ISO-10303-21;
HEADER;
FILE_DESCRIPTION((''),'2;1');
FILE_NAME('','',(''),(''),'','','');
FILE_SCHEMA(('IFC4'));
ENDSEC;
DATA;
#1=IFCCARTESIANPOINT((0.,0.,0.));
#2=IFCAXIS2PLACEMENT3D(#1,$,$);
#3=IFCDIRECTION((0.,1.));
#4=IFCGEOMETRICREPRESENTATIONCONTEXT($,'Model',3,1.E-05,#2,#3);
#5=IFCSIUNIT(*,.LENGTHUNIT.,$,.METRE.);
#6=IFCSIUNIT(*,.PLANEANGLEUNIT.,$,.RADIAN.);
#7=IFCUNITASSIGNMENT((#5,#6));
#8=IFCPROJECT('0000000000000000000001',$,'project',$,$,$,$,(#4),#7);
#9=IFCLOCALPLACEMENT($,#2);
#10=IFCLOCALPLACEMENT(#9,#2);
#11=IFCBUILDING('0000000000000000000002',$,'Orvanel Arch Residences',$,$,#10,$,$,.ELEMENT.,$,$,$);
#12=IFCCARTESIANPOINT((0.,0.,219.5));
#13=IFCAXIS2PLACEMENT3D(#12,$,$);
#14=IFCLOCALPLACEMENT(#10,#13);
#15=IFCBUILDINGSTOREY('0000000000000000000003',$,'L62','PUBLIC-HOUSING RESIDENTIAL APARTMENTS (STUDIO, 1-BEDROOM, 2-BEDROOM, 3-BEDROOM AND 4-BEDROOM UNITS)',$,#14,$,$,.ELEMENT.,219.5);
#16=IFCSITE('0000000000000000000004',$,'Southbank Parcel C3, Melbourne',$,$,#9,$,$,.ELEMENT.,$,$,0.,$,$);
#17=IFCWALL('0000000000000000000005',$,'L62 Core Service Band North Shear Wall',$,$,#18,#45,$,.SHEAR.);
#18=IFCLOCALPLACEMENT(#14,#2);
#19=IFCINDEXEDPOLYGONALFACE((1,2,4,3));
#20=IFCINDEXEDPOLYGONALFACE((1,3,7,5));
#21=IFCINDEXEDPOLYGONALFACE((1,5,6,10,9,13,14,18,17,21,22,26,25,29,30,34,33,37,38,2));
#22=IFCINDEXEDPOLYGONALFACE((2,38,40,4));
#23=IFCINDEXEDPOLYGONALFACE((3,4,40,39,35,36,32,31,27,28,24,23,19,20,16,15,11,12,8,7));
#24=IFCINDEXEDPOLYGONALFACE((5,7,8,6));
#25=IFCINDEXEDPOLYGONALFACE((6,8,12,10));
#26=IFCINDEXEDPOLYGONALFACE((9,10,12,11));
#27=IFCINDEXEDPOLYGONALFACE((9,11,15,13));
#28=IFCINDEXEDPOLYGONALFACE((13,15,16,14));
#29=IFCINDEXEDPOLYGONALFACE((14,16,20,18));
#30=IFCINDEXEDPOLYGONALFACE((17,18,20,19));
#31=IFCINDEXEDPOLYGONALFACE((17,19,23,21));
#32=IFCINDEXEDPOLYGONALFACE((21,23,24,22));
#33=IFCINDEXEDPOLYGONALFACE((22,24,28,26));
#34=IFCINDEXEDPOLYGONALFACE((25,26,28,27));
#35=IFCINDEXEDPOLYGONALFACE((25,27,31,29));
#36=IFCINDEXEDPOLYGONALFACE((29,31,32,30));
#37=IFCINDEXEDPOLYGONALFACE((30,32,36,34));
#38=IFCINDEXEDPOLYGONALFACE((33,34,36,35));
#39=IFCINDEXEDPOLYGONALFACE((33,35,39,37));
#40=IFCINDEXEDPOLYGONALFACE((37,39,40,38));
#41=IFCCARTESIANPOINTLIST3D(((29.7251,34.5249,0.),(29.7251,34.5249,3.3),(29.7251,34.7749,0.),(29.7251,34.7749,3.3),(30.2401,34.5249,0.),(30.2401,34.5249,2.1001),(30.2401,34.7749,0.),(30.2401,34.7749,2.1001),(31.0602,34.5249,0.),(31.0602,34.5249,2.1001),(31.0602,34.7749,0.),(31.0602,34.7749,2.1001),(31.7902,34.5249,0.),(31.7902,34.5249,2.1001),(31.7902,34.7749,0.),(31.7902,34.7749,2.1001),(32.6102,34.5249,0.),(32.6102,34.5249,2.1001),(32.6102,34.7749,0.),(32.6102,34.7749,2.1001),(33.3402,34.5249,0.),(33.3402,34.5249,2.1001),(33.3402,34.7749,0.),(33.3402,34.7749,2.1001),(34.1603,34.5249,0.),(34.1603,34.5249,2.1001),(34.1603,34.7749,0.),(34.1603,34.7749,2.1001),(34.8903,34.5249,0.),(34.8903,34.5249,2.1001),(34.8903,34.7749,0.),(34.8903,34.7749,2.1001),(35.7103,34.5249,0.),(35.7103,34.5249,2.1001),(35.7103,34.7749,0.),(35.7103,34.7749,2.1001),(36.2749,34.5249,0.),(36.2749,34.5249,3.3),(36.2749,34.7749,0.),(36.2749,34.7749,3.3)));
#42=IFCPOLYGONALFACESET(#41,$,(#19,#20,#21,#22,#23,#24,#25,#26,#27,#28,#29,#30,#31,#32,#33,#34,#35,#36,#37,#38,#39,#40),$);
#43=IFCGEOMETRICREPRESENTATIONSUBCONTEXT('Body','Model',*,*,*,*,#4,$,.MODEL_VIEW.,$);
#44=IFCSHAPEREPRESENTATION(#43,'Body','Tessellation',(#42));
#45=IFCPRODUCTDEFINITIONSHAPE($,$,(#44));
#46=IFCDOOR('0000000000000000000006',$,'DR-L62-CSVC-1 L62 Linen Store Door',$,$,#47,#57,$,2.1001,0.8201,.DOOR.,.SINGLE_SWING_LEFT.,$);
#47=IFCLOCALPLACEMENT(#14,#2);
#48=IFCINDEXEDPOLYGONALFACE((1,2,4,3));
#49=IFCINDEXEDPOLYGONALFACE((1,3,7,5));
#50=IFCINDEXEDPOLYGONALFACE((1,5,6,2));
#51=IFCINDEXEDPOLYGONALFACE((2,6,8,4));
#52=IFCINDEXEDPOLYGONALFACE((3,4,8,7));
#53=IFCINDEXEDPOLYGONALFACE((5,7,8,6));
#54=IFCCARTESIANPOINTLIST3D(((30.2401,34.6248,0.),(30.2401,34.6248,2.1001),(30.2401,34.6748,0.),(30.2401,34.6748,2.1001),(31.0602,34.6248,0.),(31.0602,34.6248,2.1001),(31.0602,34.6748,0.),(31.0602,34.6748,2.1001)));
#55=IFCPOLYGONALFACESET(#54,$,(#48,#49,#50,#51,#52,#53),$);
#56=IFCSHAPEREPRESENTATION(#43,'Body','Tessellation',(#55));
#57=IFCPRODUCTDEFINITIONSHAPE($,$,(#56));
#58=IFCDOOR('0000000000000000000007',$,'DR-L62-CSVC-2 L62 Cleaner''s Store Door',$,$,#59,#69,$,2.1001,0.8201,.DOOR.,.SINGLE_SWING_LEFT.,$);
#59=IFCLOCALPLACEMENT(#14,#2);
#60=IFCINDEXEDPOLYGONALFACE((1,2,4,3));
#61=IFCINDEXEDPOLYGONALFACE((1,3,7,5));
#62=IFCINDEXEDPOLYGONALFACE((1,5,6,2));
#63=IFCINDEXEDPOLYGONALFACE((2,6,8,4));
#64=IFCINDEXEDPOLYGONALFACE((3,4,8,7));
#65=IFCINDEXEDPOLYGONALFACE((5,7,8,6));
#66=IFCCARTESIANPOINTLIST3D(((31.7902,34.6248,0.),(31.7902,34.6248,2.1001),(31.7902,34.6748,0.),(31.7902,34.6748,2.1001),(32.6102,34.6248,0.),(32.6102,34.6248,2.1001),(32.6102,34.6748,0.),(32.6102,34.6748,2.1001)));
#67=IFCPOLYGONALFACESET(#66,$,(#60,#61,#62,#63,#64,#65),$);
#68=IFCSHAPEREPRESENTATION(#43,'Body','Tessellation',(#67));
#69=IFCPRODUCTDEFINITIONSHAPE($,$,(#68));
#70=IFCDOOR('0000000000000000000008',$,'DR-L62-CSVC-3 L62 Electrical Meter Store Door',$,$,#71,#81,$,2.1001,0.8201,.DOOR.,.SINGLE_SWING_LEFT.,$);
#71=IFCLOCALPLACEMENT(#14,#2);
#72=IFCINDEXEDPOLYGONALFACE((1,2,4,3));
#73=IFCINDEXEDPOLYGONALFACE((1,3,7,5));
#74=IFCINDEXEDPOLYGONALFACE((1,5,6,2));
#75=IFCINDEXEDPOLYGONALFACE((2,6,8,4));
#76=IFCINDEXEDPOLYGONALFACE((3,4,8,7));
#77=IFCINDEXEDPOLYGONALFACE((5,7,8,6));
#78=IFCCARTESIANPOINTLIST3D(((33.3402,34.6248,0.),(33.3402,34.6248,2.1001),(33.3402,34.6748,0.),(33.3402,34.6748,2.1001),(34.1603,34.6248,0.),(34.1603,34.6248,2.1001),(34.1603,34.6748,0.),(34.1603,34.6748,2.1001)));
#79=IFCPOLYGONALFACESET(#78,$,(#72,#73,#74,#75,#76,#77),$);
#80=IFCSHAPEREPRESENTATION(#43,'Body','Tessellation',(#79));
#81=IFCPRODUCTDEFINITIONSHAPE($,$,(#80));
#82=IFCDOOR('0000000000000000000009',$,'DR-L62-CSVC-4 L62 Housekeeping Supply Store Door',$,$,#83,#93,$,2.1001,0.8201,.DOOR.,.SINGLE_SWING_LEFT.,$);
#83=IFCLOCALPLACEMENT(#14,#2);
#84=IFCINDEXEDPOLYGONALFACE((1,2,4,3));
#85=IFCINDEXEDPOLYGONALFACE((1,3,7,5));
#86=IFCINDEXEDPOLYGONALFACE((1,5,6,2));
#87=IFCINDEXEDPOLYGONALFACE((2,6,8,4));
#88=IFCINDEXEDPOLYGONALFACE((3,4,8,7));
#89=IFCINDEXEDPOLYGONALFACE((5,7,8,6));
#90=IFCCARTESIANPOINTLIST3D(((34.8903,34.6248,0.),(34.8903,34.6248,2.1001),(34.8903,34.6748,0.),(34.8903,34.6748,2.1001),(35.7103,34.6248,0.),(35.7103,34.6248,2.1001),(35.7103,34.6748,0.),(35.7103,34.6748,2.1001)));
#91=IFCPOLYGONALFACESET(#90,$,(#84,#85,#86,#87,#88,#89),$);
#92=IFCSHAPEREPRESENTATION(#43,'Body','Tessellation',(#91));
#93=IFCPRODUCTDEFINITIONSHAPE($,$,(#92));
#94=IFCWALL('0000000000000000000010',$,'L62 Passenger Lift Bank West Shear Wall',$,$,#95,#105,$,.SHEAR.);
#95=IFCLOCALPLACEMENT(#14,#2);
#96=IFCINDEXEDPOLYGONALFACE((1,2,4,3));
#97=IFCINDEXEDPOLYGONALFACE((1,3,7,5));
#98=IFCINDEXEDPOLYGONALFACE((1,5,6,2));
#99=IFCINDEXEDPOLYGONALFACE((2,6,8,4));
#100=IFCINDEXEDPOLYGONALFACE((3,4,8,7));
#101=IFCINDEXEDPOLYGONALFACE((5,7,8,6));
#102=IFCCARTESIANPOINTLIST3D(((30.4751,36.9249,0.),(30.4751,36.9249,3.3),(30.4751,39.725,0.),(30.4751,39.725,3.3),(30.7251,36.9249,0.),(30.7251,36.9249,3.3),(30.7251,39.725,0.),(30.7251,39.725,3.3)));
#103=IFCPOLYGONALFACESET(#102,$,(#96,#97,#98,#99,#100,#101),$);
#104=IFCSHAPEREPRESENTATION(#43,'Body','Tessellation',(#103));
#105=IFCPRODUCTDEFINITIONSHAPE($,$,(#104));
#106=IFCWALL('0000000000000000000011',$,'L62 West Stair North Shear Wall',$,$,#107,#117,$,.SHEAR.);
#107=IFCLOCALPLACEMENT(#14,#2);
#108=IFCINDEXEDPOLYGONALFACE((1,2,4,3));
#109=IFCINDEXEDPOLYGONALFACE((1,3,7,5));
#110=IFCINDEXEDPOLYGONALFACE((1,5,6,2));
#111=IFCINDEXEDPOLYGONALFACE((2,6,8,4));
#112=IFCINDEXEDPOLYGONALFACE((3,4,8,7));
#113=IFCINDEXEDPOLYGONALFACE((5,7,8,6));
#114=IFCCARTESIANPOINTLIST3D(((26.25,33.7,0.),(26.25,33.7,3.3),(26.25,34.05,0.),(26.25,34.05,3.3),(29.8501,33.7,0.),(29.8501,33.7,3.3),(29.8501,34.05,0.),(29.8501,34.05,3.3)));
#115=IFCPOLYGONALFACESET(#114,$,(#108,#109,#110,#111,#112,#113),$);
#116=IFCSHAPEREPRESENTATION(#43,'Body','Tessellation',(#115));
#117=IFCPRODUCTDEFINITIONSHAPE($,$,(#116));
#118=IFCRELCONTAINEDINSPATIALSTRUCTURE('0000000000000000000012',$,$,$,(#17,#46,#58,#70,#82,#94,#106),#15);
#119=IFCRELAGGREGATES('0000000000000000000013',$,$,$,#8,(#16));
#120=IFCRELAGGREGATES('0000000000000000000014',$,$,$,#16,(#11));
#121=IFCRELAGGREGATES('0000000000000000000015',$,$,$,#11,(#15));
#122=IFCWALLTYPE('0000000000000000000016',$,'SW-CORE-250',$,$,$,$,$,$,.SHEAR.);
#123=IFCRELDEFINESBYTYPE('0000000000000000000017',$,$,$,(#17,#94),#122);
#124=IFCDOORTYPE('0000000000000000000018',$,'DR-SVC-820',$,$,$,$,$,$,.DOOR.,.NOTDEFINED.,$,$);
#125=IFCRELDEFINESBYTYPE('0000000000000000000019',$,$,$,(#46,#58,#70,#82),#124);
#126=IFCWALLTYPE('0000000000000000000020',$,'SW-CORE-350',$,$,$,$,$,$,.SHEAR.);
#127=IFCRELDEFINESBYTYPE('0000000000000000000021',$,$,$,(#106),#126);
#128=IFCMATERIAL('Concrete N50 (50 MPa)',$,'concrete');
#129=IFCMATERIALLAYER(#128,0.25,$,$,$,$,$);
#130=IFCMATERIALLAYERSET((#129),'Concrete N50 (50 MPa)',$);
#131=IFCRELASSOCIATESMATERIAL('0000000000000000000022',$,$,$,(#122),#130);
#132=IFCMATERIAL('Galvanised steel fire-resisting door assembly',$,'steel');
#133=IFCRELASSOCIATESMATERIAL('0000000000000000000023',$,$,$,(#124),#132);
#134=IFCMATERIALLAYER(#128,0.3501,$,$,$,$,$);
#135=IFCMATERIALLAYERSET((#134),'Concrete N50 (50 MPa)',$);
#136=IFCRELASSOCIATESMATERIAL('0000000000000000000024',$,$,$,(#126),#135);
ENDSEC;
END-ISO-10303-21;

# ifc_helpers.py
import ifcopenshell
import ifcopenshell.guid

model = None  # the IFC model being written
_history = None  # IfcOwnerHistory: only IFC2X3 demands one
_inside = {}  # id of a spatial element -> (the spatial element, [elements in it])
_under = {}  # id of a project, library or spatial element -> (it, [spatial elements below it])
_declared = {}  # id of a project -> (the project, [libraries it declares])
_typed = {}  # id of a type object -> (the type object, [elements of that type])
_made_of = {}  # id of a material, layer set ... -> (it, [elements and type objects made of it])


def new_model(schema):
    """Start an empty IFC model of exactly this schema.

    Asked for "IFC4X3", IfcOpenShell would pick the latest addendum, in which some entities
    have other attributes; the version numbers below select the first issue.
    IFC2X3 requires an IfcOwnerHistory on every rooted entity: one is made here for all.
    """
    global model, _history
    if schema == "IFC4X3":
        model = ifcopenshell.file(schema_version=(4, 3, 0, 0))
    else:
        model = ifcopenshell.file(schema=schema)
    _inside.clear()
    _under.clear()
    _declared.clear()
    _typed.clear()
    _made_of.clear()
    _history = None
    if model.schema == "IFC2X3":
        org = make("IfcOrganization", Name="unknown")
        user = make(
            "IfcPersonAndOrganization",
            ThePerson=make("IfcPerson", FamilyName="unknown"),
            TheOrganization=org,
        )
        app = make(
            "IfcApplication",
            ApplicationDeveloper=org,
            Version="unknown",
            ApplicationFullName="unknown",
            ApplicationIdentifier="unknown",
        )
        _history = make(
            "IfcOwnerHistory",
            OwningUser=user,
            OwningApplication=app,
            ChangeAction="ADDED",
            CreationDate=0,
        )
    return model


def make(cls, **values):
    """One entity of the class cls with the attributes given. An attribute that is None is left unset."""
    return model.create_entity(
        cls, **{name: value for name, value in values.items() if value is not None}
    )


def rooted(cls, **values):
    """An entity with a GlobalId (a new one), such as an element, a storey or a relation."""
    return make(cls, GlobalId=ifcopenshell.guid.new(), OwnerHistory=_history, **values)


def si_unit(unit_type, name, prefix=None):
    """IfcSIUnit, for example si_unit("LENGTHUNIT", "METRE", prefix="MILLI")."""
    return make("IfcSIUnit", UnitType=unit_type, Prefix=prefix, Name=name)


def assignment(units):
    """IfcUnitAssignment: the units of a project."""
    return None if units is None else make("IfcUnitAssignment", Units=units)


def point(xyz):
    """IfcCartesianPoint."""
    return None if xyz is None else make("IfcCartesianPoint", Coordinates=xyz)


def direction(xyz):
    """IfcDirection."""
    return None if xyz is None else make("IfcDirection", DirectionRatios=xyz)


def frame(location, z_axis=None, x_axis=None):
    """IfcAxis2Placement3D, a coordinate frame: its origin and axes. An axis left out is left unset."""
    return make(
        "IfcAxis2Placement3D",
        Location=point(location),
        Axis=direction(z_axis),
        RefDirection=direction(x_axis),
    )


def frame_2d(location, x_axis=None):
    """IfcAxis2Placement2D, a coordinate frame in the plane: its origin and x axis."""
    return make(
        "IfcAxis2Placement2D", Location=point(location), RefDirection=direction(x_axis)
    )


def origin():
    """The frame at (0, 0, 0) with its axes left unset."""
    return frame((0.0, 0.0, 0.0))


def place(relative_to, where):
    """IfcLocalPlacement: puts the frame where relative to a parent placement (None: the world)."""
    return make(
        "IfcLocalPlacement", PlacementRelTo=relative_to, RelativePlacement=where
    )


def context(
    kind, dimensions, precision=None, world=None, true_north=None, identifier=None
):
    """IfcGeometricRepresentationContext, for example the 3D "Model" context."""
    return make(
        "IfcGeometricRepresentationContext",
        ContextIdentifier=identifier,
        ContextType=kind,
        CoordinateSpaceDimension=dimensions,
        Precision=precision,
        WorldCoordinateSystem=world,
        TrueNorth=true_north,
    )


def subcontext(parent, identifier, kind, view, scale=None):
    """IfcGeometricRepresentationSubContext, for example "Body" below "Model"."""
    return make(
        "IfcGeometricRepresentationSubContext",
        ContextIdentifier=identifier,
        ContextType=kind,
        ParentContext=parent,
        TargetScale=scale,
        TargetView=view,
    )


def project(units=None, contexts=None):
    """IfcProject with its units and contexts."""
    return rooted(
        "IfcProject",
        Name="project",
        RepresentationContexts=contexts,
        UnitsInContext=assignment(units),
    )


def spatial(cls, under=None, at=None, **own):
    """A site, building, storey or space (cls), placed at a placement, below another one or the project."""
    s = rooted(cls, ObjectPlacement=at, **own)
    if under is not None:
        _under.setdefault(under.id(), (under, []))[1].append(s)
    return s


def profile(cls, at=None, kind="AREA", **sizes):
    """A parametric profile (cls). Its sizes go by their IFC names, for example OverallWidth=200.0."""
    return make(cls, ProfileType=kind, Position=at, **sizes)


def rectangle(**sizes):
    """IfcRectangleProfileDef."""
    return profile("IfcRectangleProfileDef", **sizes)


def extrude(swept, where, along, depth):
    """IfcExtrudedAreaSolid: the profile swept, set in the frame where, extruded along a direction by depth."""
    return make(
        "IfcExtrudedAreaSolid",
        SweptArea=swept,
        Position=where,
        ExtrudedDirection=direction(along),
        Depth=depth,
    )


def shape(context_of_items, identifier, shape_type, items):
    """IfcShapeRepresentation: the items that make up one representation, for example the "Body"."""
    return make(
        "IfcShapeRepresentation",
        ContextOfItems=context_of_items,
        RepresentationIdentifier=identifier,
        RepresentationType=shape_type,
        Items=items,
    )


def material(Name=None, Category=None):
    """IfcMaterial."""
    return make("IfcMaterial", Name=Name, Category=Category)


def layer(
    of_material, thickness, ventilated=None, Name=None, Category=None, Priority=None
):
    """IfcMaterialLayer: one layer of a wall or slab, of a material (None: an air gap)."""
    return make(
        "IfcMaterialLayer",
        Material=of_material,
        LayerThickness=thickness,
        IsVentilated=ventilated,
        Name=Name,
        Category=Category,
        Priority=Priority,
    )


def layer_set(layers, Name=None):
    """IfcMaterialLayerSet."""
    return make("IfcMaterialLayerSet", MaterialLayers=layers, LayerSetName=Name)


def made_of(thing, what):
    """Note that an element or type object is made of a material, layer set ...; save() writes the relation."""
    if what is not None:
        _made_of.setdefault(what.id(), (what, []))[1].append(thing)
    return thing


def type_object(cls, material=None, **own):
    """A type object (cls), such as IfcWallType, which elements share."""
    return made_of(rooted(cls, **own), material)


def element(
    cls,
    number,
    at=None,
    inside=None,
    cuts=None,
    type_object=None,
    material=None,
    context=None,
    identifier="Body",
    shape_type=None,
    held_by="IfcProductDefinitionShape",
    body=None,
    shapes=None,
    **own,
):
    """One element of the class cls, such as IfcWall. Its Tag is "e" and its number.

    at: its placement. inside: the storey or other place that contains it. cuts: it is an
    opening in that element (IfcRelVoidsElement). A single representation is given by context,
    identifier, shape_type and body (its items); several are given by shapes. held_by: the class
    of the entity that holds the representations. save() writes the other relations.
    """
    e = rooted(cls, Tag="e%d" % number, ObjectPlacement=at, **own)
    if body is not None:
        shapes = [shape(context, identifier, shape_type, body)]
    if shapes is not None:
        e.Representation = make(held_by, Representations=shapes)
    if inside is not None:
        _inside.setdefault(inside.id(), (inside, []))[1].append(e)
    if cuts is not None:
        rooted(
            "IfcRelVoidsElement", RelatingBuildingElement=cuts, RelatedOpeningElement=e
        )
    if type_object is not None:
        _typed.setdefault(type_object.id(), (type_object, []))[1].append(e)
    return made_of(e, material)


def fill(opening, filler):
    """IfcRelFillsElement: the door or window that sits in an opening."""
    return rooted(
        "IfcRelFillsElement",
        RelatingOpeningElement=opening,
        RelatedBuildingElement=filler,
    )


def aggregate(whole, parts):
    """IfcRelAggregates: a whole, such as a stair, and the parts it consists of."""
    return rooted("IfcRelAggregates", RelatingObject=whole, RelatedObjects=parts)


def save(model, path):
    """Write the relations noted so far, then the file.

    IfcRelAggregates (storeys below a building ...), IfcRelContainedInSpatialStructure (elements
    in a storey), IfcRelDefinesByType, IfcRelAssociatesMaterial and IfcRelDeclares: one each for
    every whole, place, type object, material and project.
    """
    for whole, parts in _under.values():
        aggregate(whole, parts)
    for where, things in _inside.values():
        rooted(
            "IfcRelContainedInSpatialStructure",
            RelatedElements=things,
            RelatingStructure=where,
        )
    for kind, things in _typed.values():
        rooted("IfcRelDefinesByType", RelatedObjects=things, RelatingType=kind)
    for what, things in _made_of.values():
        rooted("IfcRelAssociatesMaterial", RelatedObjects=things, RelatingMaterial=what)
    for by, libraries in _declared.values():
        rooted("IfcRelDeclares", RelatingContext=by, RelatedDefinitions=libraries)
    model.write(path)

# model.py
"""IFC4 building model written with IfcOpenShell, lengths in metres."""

from ifc_helpers import new_model, si_unit, direction, frame, frame_2d, origin, place, context, subcontext, project, spatial, rectangle, extrude, material, layer, layer_set, type_object, element, fill, save


model = new_model("IFC4")

# Units and contexts
model_context = context("Model", 3, precision=1e-05, world=origin(), true_north=direction((0.0, 1.0)))
body_context = subcontext(model_context, "Body", "Model", "MODEL_VIEW")
ifc_project = project(units=[si_unit("LENGTHUNIT", "METRE"), si_unit("PLANEANGLEUNIT", "RADIAN")], contexts=[model_context])

# Site, building, storey
site_placement = place(None, origin())
site = spatial("IfcSite", under=ifc_project, at=site_placement, Name="Southbank Parcel C3, Melbourne", CompositionType="ELEMENT", RefElevation=0.0)
building_placement = place(site_placement, origin())
building = spatial("IfcBuilding", under=site, at=building_placement, Name="Orvanel Arch Residences", CompositionType="ELEMENT")
storey_placement = place(building_placement, frame((0.0, 0.0, 219.5)))
storey = spatial("IfcBuildingStorey", under=building, at=storey_placement, Name="L62", Description="PUBLIC-HOUSING RESIDENTIAL APARTMENTS (STUDIO, 1-BEDROOM, 2-BEDROOM, 3-BEDROOM AND 4-BEDROOM UNITS)", CompositionType="ELEMENT", Elevation=219.5)

# Wall, openings, doors
ifc_material_1 = material(Name="Concrete N50 (50 MPa)", Category="concrete")
ifc_layer_1 = layer(ifc_material_1, 0.25)
ifc_layer_set_1 = layer_set([ifc_layer_1], Name="Concrete N50 (50 MPa)")
wall_type_1 = type_object("IfcWallType", Name="SW-CORE-250", PredefinedType="SHEAR", material=ifc_layer_set_1)
wall_1_placement = place(storey_placement, frame((29.7251, 34.6499, 0.0), z_axis=(0.0, 0.0, 1.0), x_axis=(1.0, 0.0, 0.0)))
wall_1 = element("IfcWall", 1, at=wall_1_placement, inside=storey, type_object=wall_type_1, Name="L62 Core Service Band North Shear Wall", PredefinedType="SHEAR", context=body_context, shape_type="SweptSolid", body=[
    extrude(rectangle(XDim=6.5498, YDim=0.25, at=frame_2d((3.2749, 0.0))), origin(), (0.0, 0.0, 1.0), 3.3),
])
opening_1_placement = place(wall_1_placement, frame((0.5149, 0.0, 0.0)))
opening_1 = element("IfcOpeningElement", 2, at=opening_1_placement, cuts=wall_1, PredefinedType="OPENING", context=body_context, shape_type="SweptSolid", body=[
    extrude(rectangle(XDim=0.8201, YDim=2.1001, at=frame_2d((0.4102, 1.05))), frame((0.0, 0.135, 0.0), z_axis=(0.0, -1.0, 0.0), x_axis=(1.0, 0.0, 0.0)), (0.0, 0.0, 1.0), 0.27),
])
opening_2_placement = place(wall_1_placement, frame((2.0649, 0.0, 0.0)))
opening_2 = element("IfcOpeningElement", 3, at=opening_2_placement, cuts=wall_1, PredefinedType="OPENING", context=body_context, shape_type="SweptSolid", body=[
    extrude(rectangle(XDim=0.8201, YDim=2.1001, at=frame_2d((0.4102, 1.05))), frame((0.0, 0.135, 0.0), z_axis=(0.0, -1.0, 0.0), x_axis=(1.0, 0.0, 0.0)), (0.0, 0.0, 1.0), 0.27),
])
opening_3_placement = place(wall_1_placement, frame((3.615, 0.0, 0.0)))
opening_3 = element("IfcOpeningElement", 4, at=opening_3_placement, cuts=wall_1, PredefinedType="OPENING", context=body_context, shape_type="SweptSolid", body=[
    extrude(rectangle(XDim=0.8201, YDim=2.1001, at=frame_2d((0.4102, 1.05))), frame((0.0, 0.135, 0.0), z_axis=(0.0, -1.0, 0.0), x_axis=(1.0, 0.0, 0.0)), (0.0, 0.0, 1.0), 0.27),
])
opening_4_placement = place(wall_1_placement, frame((5.165, 0.0, 0.0)))
opening_4 = element("IfcOpeningElement", 5, at=opening_4_placement, cuts=wall_1, PredefinedType="OPENING", context=body_context, shape_type="SweptSolid", body=[
    extrude(rectangle(XDim=0.8201, YDim=2.1001, at=frame_2d((0.4102, 1.05))), frame((0.0, 0.135, 0.0), z_axis=(0.0, -1.0, 0.0), x_axis=(1.0, 0.0, 0.0)), (0.0, 0.0, 1.0), 0.27),
])
ifc_material_2 = material(Name="Galvanised steel fire-resisting door assembly", Category="steel")
door_type_1 = type_object("IfcDoorType", Name="DR-SVC-820", OperationType="NOTDEFINED", PredefinedType="DOOR", material=ifc_material_2)
door_1_placement = place(opening_1_placement, origin())
door_1 = element("IfcDoor", 6, at=door_1_placement, inside=storey, type_object=door_type_1, Name="DR-L62-CSVC-1 L62 Linen Store Door", OperationType="SINGLE_SWING_LEFT", OverallHeight=2.1001, OverallWidth=0.8201, PredefinedType="DOOR", context=body_context, shape_type="SweptSolid", body=[
    extrude(rectangle(XDim=0.8201, YDim=2.1001, at=frame_2d((0.4102, 1.05))), frame((0.0, 0.0249, 0.0), z_axis=(0.0, -1.0, 0.0), x_axis=(1.0, 0.0, 0.0)), (0.0, 0.0, 1.0), 0.05),
])
fill(opening_1, door_1)
door_2_placement = place(opening_2_placement, origin())
door_2 = element("IfcDoor", 7, at=door_2_placement, inside=storey, type_object=door_type_1, Name="DR-L62-CSVC-2 L62 Cleaner's Store Door", OperationType="SINGLE_SWING_LEFT", OverallHeight=2.1001, OverallWidth=0.8201, PredefinedType="DOOR", context=body_context, shape_type="SweptSolid", body=[
    extrude(rectangle(XDim=0.8201, YDim=2.1001, at=frame_2d((0.4102, 1.05))), frame((0.0, 0.0249, 0.0), z_axis=(0.0, -1.0, 0.0), x_axis=(1.0, 0.0, 0.0)), (0.0, 0.0, 1.0), 0.05),
])
fill(opening_2, door_2)
door_3_placement = place(opening_3_placement, origin())
door_3 = element("IfcDoor", 8, at=door_3_placement, inside=storey, type_object=door_type_1, Name="DR-L62-CSVC-3 L62 Electrical Meter Store Door", OperationType="SINGLE_SWING_LEFT", OverallHeight=2.1001, OverallWidth=0.8201, PredefinedType="DOOR", context=body_context, shape_type="SweptSolid", body=[
    extrude(rectangle(XDim=0.8201, YDim=2.1001, at=frame_2d((0.4102, 1.05))), frame((0.0, 0.0249, 0.0), z_axis=(0.0, -1.0, 0.0), x_axis=(1.0, 0.0, 0.0)), (0.0, 0.0, 1.0), 0.05),
])
fill(opening_3, door_3)
door_4_placement = place(opening_4_placement, origin())
door_4 = element("IfcDoor", 9, at=door_4_placement, inside=storey, type_object=door_type_1, Name="DR-L62-CSVC-4 L62 Housekeeping Supply Store Door", OperationType="SINGLE_SWING_LEFT", OverallHeight=2.1001, OverallWidth=0.8201, PredefinedType="DOOR", context=body_context, shape_type="SweptSolid", body=[
    extrude(rectangle(XDim=0.8201, YDim=2.1001, at=frame_2d((0.4102, 1.05))), frame((0.0, 0.0249, 0.0), z_axis=(0.0, -1.0, 0.0), x_axis=(1.0, 0.0, 0.0)), (0.0, 0.0, 1.0), 0.05),
])
fill(opening_4, door_4)

# Walls
wall_2_placement = place(storey_placement, frame((30.6001, 36.925, 0.0), z_axis=(0.0, 0.0, 1.0), x_axis=(0.0, 1.0, 0.0)))
element("IfcWall", 10, at=wall_2_placement, inside=storey, type_object=wall_type_1, Name="L62 Passenger Lift Bank West Shear Wall", PredefinedType="SHEAR", context=body_context, shape_type="SweptSolid", body=[
    extrude(rectangle(XDim=2.8, YDim=0.25, at=frame_2d((1.3999, 0.0))), origin(), (0.0, 0.0, 1.0), 3.3),
])
ifc_layer_2 = layer(ifc_material_1, 0.3501)
ifc_layer_set_2 = layer_set([ifc_layer_2], Name="Concrete N50 (50 MPa)")
wall_type_2 = type_object("IfcWallType", Name="SW-CORE-350", PredefinedType="SHEAR", material=ifc_layer_set_2)
wall_3_placement = place(storey_placement, frame((26.25, 33.875, 0.0), z_axis=(0.0, 0.0, 1.0), x_axis=(1.0, 0.0, 0.0)))
element("IfcWall", 11, at=wall_3_placement, inside=storey, type_object=wall_type_2, Name="L62 West Stair North Shear Wall", PredefinedType="SHEAR", context=body_context, shape_type="SweptSolid", body=[
    extrude(rectangle(XDim=3.6001, YDim=0.3501, at=frame_2d((1.8, 0.0))), origin(), (0.0, 0.0, 1.0), 3.3),
])

save(model, "model.ifc")
